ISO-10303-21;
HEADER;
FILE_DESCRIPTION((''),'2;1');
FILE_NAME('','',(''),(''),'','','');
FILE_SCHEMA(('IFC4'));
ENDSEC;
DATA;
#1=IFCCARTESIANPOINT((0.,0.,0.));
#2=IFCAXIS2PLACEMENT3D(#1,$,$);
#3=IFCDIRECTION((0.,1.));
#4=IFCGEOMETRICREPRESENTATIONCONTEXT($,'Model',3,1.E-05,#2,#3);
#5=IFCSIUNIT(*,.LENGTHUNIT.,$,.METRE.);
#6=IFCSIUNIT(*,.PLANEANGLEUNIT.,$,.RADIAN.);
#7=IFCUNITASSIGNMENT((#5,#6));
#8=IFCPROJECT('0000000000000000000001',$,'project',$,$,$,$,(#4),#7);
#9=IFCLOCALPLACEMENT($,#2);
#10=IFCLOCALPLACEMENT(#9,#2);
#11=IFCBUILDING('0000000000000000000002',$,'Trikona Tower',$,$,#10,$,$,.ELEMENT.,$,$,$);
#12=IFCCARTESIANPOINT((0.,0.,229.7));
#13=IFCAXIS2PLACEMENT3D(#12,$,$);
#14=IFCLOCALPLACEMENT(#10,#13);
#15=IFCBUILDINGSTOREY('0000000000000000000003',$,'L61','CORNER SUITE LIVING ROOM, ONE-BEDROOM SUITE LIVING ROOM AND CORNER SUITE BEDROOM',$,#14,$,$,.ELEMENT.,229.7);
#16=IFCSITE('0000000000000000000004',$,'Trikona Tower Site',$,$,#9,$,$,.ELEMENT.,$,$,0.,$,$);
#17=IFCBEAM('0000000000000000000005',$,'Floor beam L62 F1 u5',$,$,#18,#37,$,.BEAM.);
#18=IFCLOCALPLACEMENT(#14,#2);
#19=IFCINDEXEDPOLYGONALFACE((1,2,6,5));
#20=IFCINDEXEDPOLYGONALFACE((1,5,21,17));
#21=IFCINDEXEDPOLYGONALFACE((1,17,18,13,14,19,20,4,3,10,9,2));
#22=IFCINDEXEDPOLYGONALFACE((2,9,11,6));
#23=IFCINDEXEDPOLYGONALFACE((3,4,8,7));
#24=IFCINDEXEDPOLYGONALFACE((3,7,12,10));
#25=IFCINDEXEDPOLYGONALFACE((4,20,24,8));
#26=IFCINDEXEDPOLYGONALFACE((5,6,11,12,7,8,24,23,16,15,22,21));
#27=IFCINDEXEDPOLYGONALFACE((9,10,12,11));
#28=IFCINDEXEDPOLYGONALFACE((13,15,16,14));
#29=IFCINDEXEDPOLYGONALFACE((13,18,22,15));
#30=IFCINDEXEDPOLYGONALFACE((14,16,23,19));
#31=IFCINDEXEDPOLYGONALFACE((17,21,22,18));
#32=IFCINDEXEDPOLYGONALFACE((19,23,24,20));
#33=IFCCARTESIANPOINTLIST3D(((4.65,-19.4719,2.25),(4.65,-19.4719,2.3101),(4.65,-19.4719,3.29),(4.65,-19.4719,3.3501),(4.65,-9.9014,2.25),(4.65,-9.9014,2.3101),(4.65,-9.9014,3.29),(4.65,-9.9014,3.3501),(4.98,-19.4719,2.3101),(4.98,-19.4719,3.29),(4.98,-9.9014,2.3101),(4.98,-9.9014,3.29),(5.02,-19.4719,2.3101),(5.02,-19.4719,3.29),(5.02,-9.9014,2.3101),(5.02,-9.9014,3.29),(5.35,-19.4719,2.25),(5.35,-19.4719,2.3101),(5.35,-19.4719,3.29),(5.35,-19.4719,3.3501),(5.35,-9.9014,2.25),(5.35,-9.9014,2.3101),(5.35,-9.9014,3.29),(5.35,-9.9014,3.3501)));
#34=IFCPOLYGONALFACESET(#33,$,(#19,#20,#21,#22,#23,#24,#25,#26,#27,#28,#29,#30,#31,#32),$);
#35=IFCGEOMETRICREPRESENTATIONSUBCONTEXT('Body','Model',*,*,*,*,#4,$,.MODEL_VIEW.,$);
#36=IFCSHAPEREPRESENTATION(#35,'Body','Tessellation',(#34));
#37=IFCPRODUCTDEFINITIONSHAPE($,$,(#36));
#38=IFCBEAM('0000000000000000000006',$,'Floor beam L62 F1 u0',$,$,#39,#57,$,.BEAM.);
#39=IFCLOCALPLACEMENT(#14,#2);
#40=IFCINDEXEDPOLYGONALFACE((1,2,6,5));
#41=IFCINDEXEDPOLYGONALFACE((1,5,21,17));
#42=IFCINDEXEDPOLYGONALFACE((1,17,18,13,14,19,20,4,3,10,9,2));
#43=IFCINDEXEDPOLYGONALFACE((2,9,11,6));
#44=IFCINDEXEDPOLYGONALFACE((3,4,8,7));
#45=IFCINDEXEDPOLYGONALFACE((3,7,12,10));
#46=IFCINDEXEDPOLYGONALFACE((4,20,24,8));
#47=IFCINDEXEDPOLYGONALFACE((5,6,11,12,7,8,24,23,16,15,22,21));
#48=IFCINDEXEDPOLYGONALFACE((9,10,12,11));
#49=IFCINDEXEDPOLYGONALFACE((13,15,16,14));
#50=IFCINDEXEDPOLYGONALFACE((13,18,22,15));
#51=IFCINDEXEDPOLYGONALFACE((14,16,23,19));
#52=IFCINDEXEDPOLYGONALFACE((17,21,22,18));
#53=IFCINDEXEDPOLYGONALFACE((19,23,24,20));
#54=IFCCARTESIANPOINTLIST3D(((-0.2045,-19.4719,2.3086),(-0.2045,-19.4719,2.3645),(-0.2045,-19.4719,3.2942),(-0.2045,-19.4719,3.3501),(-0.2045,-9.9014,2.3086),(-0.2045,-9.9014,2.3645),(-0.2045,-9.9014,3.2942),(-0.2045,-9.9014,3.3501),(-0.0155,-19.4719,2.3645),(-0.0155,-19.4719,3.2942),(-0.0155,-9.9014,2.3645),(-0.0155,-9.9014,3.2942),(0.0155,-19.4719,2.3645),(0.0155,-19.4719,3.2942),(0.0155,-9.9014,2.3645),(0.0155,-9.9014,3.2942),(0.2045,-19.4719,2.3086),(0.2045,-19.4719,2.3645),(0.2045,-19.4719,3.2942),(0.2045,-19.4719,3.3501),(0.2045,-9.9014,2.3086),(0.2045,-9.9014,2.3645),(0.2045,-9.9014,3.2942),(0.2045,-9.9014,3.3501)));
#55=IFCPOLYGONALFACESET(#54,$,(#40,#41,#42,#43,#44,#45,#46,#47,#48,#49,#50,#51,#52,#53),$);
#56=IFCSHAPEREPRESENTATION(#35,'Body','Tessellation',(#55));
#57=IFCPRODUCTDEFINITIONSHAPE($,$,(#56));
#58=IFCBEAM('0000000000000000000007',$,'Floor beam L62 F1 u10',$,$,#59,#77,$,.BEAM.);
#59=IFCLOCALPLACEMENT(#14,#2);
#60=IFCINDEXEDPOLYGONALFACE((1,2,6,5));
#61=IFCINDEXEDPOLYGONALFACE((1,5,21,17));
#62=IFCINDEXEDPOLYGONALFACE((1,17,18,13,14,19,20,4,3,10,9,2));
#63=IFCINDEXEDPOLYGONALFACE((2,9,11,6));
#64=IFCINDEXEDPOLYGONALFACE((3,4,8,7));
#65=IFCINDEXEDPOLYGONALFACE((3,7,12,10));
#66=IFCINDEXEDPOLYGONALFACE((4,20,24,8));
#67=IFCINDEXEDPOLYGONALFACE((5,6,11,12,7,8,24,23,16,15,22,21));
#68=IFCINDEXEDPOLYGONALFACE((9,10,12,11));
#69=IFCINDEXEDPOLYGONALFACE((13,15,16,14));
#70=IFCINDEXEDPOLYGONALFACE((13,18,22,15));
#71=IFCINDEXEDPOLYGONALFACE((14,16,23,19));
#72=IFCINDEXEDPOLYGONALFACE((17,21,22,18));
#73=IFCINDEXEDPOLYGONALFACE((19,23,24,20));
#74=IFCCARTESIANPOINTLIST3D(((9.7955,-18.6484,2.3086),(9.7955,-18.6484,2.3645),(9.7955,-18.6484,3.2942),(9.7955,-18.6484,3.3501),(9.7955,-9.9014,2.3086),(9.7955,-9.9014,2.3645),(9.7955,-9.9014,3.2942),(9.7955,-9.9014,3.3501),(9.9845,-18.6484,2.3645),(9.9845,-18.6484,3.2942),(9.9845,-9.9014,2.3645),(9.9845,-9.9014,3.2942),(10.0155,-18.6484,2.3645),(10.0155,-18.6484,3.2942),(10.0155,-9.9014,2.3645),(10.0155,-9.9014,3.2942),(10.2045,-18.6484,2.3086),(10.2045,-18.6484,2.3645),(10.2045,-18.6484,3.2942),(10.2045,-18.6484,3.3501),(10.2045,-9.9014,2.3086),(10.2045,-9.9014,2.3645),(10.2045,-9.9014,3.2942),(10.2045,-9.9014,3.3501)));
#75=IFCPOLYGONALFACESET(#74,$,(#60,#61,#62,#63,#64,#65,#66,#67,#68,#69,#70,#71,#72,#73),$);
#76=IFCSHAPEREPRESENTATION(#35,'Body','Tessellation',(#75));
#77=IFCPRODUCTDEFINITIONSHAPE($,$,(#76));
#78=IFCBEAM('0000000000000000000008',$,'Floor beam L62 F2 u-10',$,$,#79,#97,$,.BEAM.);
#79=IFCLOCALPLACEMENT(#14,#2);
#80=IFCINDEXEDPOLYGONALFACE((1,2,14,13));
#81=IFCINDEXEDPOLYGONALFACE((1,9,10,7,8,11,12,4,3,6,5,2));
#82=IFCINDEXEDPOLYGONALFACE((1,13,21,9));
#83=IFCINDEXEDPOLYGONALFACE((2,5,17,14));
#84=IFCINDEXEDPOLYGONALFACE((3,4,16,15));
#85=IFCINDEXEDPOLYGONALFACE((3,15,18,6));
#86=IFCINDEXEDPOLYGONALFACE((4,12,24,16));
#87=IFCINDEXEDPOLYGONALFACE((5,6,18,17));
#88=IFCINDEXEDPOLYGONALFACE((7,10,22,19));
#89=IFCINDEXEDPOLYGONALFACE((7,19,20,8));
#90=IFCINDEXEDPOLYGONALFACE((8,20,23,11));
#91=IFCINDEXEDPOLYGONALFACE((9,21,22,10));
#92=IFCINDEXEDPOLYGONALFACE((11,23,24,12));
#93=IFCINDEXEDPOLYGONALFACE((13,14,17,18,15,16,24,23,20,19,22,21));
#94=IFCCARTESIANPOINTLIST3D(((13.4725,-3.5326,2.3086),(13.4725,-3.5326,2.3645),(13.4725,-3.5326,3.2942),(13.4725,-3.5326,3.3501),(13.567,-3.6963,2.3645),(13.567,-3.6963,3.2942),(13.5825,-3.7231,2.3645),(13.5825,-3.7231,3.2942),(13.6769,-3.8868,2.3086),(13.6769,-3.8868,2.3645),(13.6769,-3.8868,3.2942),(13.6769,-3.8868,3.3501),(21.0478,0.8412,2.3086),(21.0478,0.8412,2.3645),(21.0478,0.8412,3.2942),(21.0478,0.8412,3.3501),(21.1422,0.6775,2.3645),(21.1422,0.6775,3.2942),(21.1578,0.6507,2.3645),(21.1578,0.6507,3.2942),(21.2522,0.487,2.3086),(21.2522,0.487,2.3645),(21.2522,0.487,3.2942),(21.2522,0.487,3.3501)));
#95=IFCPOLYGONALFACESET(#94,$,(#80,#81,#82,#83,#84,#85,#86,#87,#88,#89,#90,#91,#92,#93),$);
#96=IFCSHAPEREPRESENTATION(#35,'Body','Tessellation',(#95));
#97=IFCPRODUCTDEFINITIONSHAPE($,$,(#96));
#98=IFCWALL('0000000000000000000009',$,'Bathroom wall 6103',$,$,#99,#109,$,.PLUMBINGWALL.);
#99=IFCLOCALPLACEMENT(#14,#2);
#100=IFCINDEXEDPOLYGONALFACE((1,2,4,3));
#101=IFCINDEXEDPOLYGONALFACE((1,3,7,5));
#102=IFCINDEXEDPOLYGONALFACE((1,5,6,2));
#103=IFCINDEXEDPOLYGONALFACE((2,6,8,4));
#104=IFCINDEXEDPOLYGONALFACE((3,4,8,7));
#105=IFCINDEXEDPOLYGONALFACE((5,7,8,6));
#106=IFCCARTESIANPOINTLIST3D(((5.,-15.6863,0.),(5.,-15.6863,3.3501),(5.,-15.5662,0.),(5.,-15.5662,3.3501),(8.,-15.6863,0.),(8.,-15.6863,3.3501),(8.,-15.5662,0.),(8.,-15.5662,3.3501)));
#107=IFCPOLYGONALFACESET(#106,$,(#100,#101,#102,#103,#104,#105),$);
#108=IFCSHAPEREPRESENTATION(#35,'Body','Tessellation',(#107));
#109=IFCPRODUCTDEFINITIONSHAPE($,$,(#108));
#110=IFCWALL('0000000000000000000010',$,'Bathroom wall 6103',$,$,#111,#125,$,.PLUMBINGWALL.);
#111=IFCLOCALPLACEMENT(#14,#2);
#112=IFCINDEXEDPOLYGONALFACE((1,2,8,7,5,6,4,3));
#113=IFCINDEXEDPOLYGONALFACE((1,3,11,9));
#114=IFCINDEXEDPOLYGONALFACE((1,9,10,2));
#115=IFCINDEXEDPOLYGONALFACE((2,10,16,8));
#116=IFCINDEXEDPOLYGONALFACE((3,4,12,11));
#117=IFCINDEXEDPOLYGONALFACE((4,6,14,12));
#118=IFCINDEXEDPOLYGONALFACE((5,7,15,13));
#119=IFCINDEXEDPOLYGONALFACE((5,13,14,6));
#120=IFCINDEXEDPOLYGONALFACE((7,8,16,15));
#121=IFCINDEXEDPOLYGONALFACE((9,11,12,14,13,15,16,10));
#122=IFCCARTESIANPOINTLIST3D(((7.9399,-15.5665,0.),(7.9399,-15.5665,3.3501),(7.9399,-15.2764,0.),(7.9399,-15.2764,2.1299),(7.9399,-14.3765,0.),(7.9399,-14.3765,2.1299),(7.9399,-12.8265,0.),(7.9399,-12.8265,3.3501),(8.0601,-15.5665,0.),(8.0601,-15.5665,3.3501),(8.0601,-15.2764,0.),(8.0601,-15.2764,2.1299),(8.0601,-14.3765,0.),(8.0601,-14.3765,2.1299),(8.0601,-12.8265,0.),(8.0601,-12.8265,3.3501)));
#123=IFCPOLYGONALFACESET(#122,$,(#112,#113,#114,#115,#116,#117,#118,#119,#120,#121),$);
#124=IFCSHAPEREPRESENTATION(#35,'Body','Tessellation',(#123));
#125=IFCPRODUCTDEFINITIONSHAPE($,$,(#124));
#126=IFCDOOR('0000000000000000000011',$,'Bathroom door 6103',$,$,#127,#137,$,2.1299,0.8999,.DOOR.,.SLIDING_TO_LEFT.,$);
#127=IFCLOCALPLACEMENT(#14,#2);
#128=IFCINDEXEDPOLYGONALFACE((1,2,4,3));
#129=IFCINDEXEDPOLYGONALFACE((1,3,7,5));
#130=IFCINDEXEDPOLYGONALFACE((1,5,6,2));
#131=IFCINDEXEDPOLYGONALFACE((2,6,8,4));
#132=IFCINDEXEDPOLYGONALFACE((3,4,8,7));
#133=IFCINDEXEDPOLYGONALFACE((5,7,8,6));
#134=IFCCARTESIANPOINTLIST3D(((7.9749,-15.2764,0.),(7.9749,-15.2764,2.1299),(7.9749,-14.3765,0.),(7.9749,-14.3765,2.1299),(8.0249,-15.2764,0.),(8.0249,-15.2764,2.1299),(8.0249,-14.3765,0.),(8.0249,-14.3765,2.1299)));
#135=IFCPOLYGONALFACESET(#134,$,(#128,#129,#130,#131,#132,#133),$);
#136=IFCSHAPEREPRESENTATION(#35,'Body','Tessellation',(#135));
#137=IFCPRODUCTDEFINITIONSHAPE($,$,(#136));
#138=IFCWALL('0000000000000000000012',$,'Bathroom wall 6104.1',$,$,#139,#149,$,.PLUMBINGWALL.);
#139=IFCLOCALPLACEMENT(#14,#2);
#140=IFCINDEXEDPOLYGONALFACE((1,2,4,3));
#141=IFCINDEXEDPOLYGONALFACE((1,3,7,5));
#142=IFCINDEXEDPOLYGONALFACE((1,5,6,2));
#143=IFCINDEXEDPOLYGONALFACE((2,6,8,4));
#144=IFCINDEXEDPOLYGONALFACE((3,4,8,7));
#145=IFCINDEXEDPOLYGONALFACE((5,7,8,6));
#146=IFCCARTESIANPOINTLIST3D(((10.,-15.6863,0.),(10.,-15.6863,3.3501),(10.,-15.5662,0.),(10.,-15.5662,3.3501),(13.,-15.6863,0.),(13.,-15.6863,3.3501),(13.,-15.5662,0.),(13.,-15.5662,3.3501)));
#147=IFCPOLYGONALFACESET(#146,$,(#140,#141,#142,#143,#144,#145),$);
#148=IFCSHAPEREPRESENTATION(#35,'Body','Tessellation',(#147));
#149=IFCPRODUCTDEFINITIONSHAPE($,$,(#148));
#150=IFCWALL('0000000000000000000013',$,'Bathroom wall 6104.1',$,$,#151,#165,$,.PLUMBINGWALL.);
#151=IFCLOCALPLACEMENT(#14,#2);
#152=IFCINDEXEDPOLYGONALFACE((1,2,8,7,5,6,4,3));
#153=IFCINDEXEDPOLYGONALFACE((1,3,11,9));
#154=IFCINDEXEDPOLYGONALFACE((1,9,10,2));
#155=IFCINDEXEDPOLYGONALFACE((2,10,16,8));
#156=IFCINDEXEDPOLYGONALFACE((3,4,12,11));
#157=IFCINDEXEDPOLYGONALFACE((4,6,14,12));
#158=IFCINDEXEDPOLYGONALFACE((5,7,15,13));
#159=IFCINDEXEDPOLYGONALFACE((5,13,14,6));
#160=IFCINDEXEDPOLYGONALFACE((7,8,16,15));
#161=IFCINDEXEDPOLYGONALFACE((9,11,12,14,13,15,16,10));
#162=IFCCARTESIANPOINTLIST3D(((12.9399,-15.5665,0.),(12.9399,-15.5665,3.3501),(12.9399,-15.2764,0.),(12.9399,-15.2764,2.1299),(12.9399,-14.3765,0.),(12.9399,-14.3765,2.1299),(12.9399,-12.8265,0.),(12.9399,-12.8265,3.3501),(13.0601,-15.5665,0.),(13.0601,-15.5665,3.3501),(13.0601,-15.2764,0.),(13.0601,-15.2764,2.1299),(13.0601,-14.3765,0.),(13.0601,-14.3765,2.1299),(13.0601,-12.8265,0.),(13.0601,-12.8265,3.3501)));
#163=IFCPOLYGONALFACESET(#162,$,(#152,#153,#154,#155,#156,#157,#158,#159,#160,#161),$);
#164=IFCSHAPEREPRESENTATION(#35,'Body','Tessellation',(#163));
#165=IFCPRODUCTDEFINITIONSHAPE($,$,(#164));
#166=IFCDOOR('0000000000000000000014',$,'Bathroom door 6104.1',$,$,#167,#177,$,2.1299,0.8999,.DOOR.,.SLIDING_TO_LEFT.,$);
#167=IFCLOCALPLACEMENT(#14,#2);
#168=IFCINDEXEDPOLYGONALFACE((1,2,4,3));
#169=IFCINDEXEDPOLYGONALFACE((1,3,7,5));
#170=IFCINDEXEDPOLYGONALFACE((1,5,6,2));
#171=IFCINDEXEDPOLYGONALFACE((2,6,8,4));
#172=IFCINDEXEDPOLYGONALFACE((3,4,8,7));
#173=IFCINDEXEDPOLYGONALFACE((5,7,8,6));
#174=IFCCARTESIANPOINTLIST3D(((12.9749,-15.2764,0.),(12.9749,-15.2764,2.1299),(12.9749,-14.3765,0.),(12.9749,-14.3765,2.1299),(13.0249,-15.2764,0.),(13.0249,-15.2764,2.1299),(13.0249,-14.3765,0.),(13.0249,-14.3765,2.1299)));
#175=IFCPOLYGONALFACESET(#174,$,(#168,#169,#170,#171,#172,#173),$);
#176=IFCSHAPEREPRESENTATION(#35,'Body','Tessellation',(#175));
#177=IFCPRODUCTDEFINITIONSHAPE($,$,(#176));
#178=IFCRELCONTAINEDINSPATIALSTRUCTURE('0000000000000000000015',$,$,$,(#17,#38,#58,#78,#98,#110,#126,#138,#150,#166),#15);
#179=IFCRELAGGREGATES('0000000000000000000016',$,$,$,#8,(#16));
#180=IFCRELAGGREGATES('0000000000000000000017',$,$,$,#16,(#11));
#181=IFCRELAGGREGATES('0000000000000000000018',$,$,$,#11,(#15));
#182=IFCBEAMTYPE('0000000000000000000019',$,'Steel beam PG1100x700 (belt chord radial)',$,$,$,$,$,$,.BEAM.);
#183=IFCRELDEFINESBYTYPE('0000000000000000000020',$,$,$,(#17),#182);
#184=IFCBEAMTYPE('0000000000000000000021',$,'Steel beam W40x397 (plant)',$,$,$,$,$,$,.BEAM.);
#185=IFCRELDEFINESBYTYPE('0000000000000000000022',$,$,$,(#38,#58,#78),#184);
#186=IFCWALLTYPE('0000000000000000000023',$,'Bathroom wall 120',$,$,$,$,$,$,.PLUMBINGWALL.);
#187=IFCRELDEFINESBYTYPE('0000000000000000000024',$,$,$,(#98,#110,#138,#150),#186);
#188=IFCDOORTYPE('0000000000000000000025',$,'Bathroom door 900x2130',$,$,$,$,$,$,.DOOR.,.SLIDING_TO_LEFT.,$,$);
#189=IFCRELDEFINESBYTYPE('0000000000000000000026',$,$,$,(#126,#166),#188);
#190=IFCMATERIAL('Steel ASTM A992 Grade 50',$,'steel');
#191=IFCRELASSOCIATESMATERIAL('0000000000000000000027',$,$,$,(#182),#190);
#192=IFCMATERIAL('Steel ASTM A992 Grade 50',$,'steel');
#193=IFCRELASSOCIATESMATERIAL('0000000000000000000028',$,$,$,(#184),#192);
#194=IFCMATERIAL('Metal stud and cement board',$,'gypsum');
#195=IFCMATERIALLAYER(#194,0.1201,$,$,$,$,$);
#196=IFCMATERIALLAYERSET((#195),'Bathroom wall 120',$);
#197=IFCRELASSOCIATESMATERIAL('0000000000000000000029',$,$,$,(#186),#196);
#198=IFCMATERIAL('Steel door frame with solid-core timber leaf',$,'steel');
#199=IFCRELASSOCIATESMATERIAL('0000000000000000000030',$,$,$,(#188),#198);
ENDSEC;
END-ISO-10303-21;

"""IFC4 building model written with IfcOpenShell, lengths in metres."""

from ifc_helpers import new_model, si_unit, direction, frame, frame_2d, origin, origin_2d, place, context, subcontext, project, spatial, rectangle, i_section, extrude, material, layer, layer_set, material_profile, profile_set, type_object, element, fill, save


model = new_model("IFC4")

# Units and contexts
model_context = context("Model", 3, precision=1e-05, world=origin(), true_north=direction((0.0, 1.0)))
body_context = subcontext(model_context, "Body", "Model", "MODEL_VIEW")
ifc_project = project(units=[si_unit("LENGTHUNIT", "METRE"), si_unit("PLANEANGLEUNIT", "RADIAN")], contexts=[model_context])

# Site, building, storey
site_placement = place(None, origin())
site = spatial("IfcSite", under=ifc_project, at=site_placement, Name="Trikona Tower Site", CompositionType="ELEMENT", RefElevation=0.0)
building_placement = place(site_placement, origin())
building = spatial("IfcBuilding", under=site, at=building_placement, Name="Trikona Tower", CompositionType="ELEMENT")
storey_placement = place(building_placement, frame((0.0, 0.0, 229.7)))
storey = spatial("IfcBuildingStorey", under=building, at=storey_placement, Name="L61", Description="CORNER SUITE LIVING ROOM, ONE-BEDROOM SUITE LIVING ROOM AND CORNER SUITE BEDROOM", CompositionType="ELEMENT", Elevation=229.7)

# Beams
ifc_material_1 = material(Name="Steel ASTM A992 Grade 50", Category="steel")
ifc_material_profile_1 = material_profile(ifc_material_1, i_section(OverallWidth=0.7, OverallDepth=1.1001, WebThickness=0.04, FlangeThickness=0.0601, at=origin_2d()), Name="PG1100X700")
ifc_profile_set_1 = profile_set([ifc_material_profile_1], Name="Steel ASTM A992 Grade 50")
beam_type_1 = type_object("IfcBeamType", Name="Steel beam PG1100x700 (belt chord radial)", PredefinedType="BEAM", material=ifc_profile_set_1)
beam_1_placement = place(storey_placement, frame((5.0, -9.9014, 2.8), z_axis=(0.0, -1.0, 0.0), x_axis=(1.0, 0.0, 0.0)))
element("IfcBeam", 1, at=beam_1_placement, inside=storey, type_object=beam_type_1, Name="Floor beam L62 F1 u5", PredefinedType="BEAM", context=body_context, shape_type="SweptSolid", body=[
    extrude(i_section(OverallWidth=0.7, OverallDepth=1.1001, WebThickness=0.04, FlangeThickness=0.0601, at=origin_2d()), origin(), (0.0, 0.0, 1.0), 9.5706),
])
ifc_material_2 = material(Name="Steel ASTM A992 Grade 50", Category="steel")
ifc_material_profile_2 = material_profile(ifc_material_2, i_section(OverallWidth=0.4089, OverallDepth=1.0415, WebThickness=0.031, FlangeThickness=0.0559, at=origin_2d()), Name="W40X397")
ifc_profile_set_2 = profile_set([ifc_material_profile_2], Name="Steel ASTM A992 Grade 50")
beam_type_2 = type_object("IfcBeamType", Name="Steel beam W40x397 (plant)", PredefinedType="BEAM", material=ifc_profile_set_2)
beam_2_placement = place(storey_placement, frame((0.0, -9.9014, 2.8293), z_axis=(0.0, -1.0, 0.0), x_axis=(1.0, 0.0, 0.0)))
element("IfcBeam", 2, at=beam_2_placement, inside=storey, type_object=beam_type_2, Name="Floor beam L62 F1 u0", PredefinedType="BEAM", context=body_context, shape_type="SweptSolid", body=[
    extrude(i_section(OverallWidth=0.4089, OverallDepth=1.0415, WebThickness=0.031, FlangeThickness=0.0559, at=origin_2d()), origin(), (0.0, 0.0, 1.0), 9.5706),
])
beam_3_placement = place(storey_placement, frame((10.0, -9.9014, 2.8293), z_axis=(0.0, -1.0, 0.0), x_axis=(1.0, 0.0, 0.0)))
element("IfcBeam", 3, at=beam_3_placement, inside=storey, type_object=beam_type_2, Name="Floor beam L62 F1 u10", PredefinedType="BEAM", context=body_context, shape_type="SweptSolid", body=[
    extrude(i_section(OverallWidth=0.4089, OverallDepth=1.0415, WebThickness=0.031, FlangeThickness=0.0559, at=origin_2d()), origin(), (0.0, 0.0, 1.0), 8.7471),
])
beam_4_placement = place(storey_placement, frame((13.5747, -3.7097, 2.8293), z_axis=(0.866014, 0.50002, 0.0), x_axis=(-0.50002, 0.866014, 0.0)))
element("IfcBeam", 4, at=beam_4_placement, inside=storey, type_object=beam_type_2, Name="Floor beam L62 F2 u-10", PredefinedType="BEAM", context=body_context, shape_type="SweptSolid", body=[
    extrude(i_section(OverallWidth=0.4089, OverallDepth=1.0415, WebThickness=0.031, FlangeThickness=0.0559, at=origin_2d()), origin(), (0.0, 0.0, 1.0), 8.7473),
])

# Wall
ifc_material_3 = material(Name="Metal stud and cement board", Category="gypsum")
ifc_layer_1 = layer(ifc_material_3, 0.1201)
ifc_layer_set_1 = layer_set([ifc_layer_1], Name="Bathroom wall 120")
wall_type_1 = type_object("IfcWallType", Name="Bathroom wall 120", PredefinedType="PLUMBINGWALL", material=ifc_layer_set_1)
wall_1_placement = place(storey_placement, frame((5.0, -15.6262, 0.0), z_axis=(0.0, 0.0, 1.0), x_axis=(1.0, 0.0, 0.0)))
element("IfcWall", 5, at=wall_1_placement, inside=storey, type_object=wall_type_1, Name="Bathroom wall 6103", PredefinedType="PLUMBINGWALL", context=body_context, shape_type="SweptSolid", body=[
    extrude(rectangle(XDim=3.0, YDim=0.1201, at=frame_2d((1.5, 0.0))), origin(), (0.0, 0.0, 1.0), 3.3501),
])

# Wall, opening, door
wall_2_placement = place(storey_placement, frame((8.0, -12.8264, 0.0), z_axis=(0.0, 0.0, 1.0), x_axis=(0.0, -1.0, 0.0)))
wall_2 = element("IfcWall", 6, at=wall_2_placement, inside=storey, type_object=wall_type_1, Name="Bathroom wall 6103", PredefinedType="PLUMBINGWALL", context=body_context, shape_type="SweptSolid", body=[
    extrude(rectangle(XDim=2.74, YDim=0.1201, at=frame_2d((1.3701, 0.0))), origin(), (0.0, 0.0, 1.0), 3.3501),
])
opening_1_placement = place(wall_2_placement, frame((1.55, 0.0, 0.0)))
opening_1 = element("IfcOpeningElement", 7, at=opening_1_placement, cuts=wall_2, PredefinedType="OPENING", context=body_context, shape_type="SweptSolid", body=[
    extrude(rectangle(XDim=0.8999, YDim=2.1299, at=frame_2d((0.45, 1.0649))), frame((0.0, 0.0701, 0.0), z_axis=(0.0, -1.0, 0.0), x_axis=(1.0, 0.0, 0.0)), (0.0, 0.0, 1.0), 0.1401),
])
ifc_material_4 = material(Name="Steel door frame with solid-core timber leaf", Category="steel")
door_type_1 = type_object("IfcDoorType", Name="Bathroom door 900x2130", OperationType="SLIDING_TO_LEFT", PredefinedType="DOOR", material=ifc_material_4)
door_1_placement = place(opening_1_placement, origin())
door_1 = element("IfcDoor", 8, at=door_1_placement, inside=storey, type_object=door_type_1, Name="Bathroom door 6103", OperationType="SLIDING_TO_LEFT", OverallHeight=2.1299, OverallWidth=0.8999, PredefinedType="DOOR", context=body_context, shape_type="SweptSolid", body=[
    extrude(rectangle(XDim=0.8999, YDim=2.1299, at=frame_2d((0.45, 1.0649))), frame((0.0, 0.0249, 0.0), z_axis=(0.0, -1.0, 0.0), x_axis=(1.0, 0.0, 0.0)), (0.0, 0.0, 1.0), 0.05),
])
fill(opening_1, door_1)

# Wall
wall_3_placement = place(storey_placement, frame((10.0, -15.6262, 0.0), z_axis=(0.0, 0.0, 1.0), x_axis=(1.0, 0.0, 0.0)))
element("IfcWall", 9, at=wall_3_placement, inside=storey, type_object=wall_type_1, Name="Bathroom wall 6104.1", PredefinedType="PLUMBINGWALL", context=body_context, shape_type="SweptSolid", body=[
    extrude(rectangle(XDim=3.0, YDim=0.1201, at=frame_2d((1.5, 0.0))), origin(), (0.0, 0.0, 1.0), 3.3501),
])

# Wall, opening, door
wall_4_placement = place(storey_placement, frame((13.0, -12.8264, 0.0), z_axis=(0.0, 0.0, 1.0), x_axis=(0.0, -1.0, 0.0)))
wall_4 = element("IfcWall", 10, at=wall_4_placement, inside=storey, type_object=wall_type_1, Name="Bathroom wall 6104.1", PredefinedType="PLUMBINGWALL", context=body_context, shape_type="SweptSolid", body=[
    extrude(rectangle(XDim=2.74, YDim=0.1201, at=frame_2d((1.3701, 0.0))), origin(), (0.0, 0.0, 1.0), 3.3501),
])
opening_2_placement = place(wall_4_placement, frame((1.55, 0.0, 0.0)))
opening_2 = element("IfcOpeningElement", 11, at=opening_2_placement, cuts=wall_4, PredefinedType="OPENING", context=body_context, shape_type="SweptSolid", body=[
    extrude(rectangle(XDim=0.8999, YDim=2.1299, at=frame_2d((0.45, 1.0649))), frame((0.0, 0.0701, 0.0), z_axis=(0.0, -1.0, 0.0), x_axis=(1.0, 0.0, 0.0)), (0.0, 0.0, 1.0), 0.1401),
])
door_2_placement = place(opening_2_placement, origin())
door_2 = element("IfcDoor", 12, at=door_2_placement, inside=storey, type_object=door_type_1, Name="Bathroom door 6104.1", OperationType="SLIDING_TO_LEFT", OverallHeight=2.1299, OverallWidth=0.8999, PredefinedType="DOOR", context=body_context, shape_type="SweptSolid", body=[
    extrude(rectangle(XDim=0.8999, YDim=2.1299, at=frame_2d((0.45, 1.0649))), frame((0.0, 0.0249, 0.0), z_axis=(0.0, -1.0, 0.0), x_axis=(1.0, 0.0, 0.0)), (0.0, 0.0, 1.0), 0.05),
])
fill(opening_2, door_2)

save(model, "model.ifc")
